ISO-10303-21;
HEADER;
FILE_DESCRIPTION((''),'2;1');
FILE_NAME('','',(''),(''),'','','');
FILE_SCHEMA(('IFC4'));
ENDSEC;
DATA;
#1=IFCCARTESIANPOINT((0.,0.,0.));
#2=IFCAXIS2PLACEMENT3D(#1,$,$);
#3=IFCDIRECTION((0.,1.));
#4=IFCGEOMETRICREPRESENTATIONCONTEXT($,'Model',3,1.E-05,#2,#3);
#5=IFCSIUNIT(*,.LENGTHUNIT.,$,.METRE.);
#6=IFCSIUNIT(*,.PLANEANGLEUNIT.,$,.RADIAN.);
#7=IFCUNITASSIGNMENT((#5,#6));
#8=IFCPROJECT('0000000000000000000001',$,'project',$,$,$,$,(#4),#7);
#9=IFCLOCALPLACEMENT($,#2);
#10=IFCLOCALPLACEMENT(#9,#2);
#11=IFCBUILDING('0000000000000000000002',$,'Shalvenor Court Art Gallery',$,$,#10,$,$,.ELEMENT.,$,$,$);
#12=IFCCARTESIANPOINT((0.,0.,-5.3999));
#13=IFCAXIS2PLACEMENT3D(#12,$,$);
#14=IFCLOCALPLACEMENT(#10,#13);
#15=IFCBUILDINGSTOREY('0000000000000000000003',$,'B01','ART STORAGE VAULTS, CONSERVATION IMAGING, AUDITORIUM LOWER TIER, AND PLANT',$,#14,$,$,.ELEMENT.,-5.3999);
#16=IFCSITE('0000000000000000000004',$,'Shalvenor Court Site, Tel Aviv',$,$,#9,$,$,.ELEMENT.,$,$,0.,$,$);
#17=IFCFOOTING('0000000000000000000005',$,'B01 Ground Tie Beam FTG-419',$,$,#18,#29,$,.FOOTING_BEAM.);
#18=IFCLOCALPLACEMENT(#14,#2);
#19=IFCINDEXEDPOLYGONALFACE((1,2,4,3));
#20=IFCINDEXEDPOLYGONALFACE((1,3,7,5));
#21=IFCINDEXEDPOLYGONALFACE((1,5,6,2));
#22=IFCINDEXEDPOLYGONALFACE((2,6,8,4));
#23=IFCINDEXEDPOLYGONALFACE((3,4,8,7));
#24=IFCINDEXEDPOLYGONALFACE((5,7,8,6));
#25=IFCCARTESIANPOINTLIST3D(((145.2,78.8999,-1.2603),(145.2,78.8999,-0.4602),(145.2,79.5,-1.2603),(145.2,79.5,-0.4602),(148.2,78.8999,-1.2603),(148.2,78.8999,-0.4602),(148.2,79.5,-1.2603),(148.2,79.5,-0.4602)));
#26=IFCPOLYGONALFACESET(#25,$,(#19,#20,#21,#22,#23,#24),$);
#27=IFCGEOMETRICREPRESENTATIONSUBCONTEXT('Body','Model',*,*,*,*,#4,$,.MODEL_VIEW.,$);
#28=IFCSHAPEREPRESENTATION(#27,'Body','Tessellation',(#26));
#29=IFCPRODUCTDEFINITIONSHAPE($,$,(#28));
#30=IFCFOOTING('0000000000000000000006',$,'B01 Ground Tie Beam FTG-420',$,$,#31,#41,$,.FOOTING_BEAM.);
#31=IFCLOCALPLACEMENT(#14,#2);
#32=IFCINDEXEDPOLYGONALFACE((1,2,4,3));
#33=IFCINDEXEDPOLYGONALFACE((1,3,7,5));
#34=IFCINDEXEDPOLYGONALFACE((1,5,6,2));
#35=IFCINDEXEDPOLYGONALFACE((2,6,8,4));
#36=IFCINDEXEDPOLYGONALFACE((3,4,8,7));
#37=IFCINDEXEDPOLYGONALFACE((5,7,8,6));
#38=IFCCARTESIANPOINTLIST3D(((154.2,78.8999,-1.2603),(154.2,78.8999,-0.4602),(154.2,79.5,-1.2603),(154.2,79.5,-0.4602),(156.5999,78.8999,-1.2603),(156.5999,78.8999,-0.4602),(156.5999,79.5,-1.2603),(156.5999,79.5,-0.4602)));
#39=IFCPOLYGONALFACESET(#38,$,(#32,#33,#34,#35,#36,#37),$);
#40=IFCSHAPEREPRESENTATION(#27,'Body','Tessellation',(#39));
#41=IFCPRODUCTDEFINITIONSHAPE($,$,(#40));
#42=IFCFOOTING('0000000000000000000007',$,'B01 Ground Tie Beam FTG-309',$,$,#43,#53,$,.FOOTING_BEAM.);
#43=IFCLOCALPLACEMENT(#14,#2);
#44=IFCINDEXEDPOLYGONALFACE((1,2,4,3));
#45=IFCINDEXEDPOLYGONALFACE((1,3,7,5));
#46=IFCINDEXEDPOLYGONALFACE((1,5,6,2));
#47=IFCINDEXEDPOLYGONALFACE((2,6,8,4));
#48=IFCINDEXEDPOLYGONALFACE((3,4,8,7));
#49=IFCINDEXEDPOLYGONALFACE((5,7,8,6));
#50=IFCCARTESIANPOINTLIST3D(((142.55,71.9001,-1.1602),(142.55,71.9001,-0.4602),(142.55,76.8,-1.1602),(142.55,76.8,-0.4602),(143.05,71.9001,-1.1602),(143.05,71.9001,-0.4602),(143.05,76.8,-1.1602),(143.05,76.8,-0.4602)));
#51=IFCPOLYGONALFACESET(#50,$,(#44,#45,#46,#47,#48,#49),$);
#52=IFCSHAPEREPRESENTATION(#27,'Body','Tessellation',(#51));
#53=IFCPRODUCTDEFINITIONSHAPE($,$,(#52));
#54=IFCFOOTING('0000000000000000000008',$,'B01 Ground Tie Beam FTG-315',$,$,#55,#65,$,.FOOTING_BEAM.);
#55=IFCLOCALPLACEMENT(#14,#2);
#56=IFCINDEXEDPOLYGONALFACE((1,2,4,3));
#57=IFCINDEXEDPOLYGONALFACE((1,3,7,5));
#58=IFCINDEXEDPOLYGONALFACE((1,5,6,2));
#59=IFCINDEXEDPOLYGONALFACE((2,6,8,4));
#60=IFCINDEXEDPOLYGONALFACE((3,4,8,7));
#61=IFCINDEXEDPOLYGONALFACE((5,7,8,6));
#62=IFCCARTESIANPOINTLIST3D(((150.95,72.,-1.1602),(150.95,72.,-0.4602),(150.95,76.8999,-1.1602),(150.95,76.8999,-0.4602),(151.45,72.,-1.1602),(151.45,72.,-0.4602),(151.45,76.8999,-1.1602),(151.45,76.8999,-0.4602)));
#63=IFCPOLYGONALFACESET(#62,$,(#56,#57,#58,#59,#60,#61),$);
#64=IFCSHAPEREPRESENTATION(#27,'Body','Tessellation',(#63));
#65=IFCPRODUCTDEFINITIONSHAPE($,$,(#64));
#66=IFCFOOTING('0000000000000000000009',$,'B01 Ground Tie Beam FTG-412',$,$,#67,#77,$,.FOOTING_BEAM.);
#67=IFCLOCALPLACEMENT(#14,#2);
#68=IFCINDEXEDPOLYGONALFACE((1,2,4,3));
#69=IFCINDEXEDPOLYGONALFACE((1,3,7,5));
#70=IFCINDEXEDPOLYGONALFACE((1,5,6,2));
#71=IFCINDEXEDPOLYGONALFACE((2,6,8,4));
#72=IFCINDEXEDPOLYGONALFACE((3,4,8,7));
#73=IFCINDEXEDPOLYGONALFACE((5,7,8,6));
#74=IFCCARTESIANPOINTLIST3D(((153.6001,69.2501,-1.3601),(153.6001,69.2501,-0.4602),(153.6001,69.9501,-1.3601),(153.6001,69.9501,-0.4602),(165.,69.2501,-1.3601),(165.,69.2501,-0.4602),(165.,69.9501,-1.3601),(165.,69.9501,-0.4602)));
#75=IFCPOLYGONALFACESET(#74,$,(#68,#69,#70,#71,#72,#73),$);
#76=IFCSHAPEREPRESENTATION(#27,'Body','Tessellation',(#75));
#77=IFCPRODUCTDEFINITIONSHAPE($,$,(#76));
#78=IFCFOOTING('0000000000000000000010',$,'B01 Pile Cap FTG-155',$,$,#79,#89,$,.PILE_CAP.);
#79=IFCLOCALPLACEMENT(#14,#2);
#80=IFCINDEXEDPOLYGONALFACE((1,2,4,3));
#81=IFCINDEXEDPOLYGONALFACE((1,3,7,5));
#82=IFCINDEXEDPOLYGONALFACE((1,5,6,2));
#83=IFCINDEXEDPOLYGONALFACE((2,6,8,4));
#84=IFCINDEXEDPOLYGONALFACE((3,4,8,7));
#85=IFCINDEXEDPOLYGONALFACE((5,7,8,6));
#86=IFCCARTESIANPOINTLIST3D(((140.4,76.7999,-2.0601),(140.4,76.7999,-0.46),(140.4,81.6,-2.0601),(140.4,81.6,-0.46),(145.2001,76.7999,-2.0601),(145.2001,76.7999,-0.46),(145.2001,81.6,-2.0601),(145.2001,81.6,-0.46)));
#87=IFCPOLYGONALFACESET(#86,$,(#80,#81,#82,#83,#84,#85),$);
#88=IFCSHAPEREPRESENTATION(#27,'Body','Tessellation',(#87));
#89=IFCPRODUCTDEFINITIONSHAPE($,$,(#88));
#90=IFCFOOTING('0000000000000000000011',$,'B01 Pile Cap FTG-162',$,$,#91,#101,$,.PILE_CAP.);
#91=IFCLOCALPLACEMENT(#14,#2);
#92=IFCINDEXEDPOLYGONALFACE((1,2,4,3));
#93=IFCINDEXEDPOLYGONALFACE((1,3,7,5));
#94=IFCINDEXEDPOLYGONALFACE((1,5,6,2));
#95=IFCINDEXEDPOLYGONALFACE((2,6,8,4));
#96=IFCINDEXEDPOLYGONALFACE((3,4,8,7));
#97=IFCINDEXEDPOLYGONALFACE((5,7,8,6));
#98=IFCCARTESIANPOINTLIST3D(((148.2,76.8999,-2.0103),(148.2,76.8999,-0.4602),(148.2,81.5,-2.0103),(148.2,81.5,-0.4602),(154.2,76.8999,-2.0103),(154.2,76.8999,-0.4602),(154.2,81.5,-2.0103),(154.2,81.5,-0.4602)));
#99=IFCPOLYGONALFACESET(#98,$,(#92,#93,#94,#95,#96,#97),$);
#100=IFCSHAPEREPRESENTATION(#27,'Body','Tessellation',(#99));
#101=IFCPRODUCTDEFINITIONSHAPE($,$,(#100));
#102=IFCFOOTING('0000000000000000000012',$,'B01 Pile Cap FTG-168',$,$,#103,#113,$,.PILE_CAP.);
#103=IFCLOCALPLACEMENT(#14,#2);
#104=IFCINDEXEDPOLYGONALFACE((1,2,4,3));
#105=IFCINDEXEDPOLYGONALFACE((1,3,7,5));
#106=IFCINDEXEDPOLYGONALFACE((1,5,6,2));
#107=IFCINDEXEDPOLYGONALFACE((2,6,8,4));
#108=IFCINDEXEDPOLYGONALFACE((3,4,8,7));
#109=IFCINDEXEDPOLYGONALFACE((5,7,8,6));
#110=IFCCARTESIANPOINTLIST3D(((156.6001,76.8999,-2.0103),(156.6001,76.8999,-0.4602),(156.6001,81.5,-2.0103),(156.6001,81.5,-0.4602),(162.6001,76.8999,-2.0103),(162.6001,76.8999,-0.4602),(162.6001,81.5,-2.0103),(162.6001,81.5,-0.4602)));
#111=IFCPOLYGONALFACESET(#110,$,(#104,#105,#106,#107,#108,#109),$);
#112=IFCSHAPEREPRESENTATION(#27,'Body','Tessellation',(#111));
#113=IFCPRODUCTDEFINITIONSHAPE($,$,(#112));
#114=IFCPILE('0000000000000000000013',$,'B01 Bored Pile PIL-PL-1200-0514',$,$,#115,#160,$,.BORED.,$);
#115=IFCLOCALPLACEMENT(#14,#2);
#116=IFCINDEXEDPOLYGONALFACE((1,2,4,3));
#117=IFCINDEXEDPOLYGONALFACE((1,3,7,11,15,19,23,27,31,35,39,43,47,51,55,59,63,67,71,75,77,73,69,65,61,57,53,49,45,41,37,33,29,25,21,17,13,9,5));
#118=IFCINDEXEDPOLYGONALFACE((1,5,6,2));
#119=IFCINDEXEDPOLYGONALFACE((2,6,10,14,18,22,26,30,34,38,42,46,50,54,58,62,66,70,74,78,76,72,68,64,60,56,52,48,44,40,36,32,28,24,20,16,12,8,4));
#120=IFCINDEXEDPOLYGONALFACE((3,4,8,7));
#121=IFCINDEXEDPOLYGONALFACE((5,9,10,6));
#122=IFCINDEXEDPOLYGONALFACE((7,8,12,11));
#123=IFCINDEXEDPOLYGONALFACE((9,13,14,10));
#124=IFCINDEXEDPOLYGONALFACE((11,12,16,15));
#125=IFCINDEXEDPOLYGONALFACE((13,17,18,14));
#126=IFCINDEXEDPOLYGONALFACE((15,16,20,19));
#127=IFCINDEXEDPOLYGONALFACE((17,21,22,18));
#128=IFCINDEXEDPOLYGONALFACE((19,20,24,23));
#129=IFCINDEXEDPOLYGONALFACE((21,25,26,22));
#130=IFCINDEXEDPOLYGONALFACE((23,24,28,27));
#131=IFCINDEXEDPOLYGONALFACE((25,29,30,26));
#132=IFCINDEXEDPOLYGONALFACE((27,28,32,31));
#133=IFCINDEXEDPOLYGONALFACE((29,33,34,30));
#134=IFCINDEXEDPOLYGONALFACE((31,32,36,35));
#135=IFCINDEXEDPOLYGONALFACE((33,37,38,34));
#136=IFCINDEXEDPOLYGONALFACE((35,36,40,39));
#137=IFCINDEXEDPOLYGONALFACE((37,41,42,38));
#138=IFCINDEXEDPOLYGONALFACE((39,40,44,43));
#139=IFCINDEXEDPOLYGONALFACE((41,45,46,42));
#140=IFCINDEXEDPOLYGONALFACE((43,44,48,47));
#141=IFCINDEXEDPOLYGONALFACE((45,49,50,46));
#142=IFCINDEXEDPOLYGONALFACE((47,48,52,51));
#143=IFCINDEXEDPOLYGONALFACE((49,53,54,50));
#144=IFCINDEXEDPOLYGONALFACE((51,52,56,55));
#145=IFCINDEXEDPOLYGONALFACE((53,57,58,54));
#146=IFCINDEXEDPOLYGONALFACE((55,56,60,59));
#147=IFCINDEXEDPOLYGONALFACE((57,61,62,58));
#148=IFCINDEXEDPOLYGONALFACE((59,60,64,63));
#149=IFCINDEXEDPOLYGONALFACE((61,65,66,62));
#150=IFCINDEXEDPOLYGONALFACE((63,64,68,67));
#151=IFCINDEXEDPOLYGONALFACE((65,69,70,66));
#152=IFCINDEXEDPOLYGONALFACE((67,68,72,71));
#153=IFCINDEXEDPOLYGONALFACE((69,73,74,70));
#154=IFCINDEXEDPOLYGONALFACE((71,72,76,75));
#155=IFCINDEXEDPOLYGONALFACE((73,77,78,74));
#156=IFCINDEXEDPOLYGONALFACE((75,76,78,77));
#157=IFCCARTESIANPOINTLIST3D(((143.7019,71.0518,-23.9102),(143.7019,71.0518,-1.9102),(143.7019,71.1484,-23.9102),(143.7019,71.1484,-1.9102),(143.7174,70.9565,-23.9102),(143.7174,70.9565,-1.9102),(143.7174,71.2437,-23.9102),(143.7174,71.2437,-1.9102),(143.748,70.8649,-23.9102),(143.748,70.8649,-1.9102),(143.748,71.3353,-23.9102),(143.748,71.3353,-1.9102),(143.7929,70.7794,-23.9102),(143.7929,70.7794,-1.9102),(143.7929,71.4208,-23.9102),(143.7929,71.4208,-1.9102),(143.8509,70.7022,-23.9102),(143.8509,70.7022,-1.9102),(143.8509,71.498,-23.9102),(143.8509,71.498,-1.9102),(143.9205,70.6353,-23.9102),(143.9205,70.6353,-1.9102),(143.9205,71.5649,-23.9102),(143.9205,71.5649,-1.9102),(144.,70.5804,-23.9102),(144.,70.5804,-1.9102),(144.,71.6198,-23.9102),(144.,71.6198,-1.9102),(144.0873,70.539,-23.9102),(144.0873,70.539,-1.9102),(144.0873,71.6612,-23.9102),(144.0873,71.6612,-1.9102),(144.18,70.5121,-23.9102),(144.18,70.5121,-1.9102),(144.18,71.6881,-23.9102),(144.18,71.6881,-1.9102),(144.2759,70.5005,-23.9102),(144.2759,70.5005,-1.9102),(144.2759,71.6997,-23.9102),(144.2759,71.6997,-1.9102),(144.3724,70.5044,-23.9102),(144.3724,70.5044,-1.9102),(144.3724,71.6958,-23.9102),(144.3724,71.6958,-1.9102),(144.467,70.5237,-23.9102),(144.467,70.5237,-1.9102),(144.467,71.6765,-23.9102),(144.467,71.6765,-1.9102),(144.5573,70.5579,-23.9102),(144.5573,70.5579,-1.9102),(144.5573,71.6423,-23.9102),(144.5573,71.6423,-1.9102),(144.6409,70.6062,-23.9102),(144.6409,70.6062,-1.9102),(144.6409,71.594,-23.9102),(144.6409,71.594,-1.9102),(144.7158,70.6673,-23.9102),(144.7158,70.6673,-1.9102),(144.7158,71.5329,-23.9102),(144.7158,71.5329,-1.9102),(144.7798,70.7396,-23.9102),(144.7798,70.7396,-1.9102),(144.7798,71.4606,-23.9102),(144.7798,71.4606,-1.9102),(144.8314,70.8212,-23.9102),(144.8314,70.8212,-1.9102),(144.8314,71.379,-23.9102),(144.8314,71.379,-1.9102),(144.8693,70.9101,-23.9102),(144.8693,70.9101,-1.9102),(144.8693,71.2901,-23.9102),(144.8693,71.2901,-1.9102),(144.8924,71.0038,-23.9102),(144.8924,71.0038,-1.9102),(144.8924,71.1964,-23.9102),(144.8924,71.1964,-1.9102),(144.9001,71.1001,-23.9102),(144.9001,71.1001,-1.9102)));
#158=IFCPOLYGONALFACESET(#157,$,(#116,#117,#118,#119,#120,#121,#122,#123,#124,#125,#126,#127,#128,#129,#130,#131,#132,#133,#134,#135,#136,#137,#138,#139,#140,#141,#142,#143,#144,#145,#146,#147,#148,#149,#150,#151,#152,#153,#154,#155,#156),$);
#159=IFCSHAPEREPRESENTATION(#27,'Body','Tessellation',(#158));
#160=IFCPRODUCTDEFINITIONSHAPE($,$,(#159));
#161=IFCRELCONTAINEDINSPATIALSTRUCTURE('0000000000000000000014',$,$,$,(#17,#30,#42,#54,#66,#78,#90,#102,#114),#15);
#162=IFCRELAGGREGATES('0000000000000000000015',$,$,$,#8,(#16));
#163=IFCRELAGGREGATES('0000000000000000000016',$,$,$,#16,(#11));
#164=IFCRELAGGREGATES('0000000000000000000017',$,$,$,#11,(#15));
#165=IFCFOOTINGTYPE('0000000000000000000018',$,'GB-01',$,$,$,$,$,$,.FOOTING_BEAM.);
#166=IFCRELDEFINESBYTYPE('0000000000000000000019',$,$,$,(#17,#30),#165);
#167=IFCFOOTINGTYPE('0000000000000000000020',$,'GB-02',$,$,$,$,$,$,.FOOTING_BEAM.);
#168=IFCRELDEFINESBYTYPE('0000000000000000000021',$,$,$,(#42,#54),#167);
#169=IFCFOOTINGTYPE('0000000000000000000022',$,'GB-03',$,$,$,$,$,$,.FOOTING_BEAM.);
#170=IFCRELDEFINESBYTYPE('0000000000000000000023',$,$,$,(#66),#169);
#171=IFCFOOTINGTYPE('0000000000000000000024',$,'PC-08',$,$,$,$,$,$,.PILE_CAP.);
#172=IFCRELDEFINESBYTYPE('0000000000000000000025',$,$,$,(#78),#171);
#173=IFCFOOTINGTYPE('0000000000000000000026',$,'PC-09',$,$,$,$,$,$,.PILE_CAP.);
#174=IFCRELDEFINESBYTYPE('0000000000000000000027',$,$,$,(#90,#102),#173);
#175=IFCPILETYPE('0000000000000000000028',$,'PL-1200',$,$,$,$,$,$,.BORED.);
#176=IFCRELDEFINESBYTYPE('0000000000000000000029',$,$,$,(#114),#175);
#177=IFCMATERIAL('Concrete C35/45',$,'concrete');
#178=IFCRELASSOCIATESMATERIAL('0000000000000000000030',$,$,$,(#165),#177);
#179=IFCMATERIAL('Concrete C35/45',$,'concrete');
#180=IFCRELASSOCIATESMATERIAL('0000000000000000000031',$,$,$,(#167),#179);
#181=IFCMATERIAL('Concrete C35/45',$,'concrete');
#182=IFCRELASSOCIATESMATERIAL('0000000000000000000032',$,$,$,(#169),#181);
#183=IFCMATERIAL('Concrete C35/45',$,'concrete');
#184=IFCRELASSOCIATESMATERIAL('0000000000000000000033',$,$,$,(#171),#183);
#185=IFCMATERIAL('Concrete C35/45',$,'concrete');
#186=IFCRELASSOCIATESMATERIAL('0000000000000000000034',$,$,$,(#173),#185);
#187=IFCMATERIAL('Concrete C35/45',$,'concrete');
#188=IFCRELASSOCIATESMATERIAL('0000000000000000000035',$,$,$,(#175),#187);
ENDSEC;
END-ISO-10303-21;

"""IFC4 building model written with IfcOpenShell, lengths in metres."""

from ifc_helpers import new_model, si_unit, direction, frame, origin, origin_2d, place, context, subcontext, project, spatial, rectangle, circle, extrude, material, material_profile, profile_set, type_object, element, save


model = new_model("IFC4")

# Units and contexts
model_context = context("Model", 3, precision=1e-05, world=origin(), true_north=direction((0.0, 1.0)))
body_context = subcontext(model_context, "Body", "Model", "MODEL_VIEW")
ifc_project = project(units=[si_unit("LENGTHUNIT", "METRE"), si_unit("PLANEANGLEUNIT", "RADIAN")], contexts=[model_context])

# Site, building, storey
site_placement = place(None, origin())
site = spatial("IfcSite", under=ifc_project, at=site_placement, Name="Shalvenor Court Site, Tel Aviv", CompositionType="ELEMENT", RefElevation=0.0)
building_placement = place(site_placement, origin())
building = spatial("IfcBuilding", under=site, at=building_placement, Name="Shalvenor Court Art Gallery", CompositionType="ELEMENT")
storey_placement = place(building_placement, frame((0.0, 0.0, -5.3999)))
storey = spatial("IfcBuildingStorey", under=building, at=storey_placement, Name="B01", Description="ART STORAGE VAULTS, CONSERVATION IMAGING, AUDITORIUM LOWER TIER, AND PLANT", CompositionType="ELEMENT", Elevation=-5.3999)

# Footings
ifc_material_1 = material(Name="Concrete C35/45", Category="concrete")
footing_type_1 = type_object("IfcFootingType", Name="GB-01", PredefinedType="FOOTING_BEAM", material=ifc_material_1)
footing_1_placement = place(storey_placement, frame((146.7, 79.2, -1.2603), z_axis=(0.0, 0.0, 1.0), x_axis=(1.0, 0.0, 0.0)))
element("IfcFooting", 1, at=footing_1_placement, inside=storey, type_object=footing_type_1, Name="B01 Ground Tie Beam FTG-419", PredefinedType="FOOTING_BEAM", context=body_context, shape_type="SweptSolid", body=[
    extrude(rectangle(XDim=3.0, YDim=0.6001, at=origin_2d()), origin(), (0.0, 0.0, 1.0), 0.8),
])
footing_2_placement = place(storey_placement, frame((155.3999, 79.2, -1.2603), z_axis=(0.0, 0.0, 1.0), x_axis=(1.0, 0.0, 0.0)))
element("IfcFooting", 2, at=footing_2_placement, inside=storey, type_object=footing_type_1, Name="B01 Ground Tie Beam FTG-420", PredefinedType="FOOTING_BEAM", context=body_context, shape_type="SweptSolid", body=[
    extrude(rectangle(XDim=2.3999, YDim=0.6001, at=origin_2d()), origin(), (0.0, 0.0, 1.0), 0.8),
])
ifc_material_2 = material(Name="Concrete C35/45", Category="concrete")
footing_type_2 = type_object("IfcFootingType", Name="GB-02", PredefinedType="FOOTING_BEAM", material=ifc_material_2)
for number, where, z_axis, x_axis, name in (
    (3, (142.8, 74.3501, -1.1602), (0.0, 0.0, 1.0), (0.0, 1.0, 0.0), "B01 Ground Tie Beam FTG-309"),
    (4, (151.2, 74.45, -1.1602), (0.0, 0.0, 1.0), (0.0, 1.0, 0.0), "B01 Ground Tie Beam FTG-315"),
):
    element("IfcFooting", number, at=place(storey_placement, frame(where, z_axis=z_axis, x_axis=x_axis)), inside=storey, type_object=footing_type_2, Name=name, PredefinedType="FOOTING_BEAM", context=body_context, shape_type="SweptSolid", body=[
        extrude(rectangle(XDim=4.8999, YDim=0.5, at=origin_2d()), origin(), (0.0, 0.0, 1.0), 0.7),
    ])
ifc_material_3 = material(Name="Concrete C35/45", Category="concrete")
footing_type_3 = type_object("IfcFootingType", Name="GB-03", PredefinedType="FOOTING_BEAM", material=ifc_material_3)
footing_3_placement = place(storey_placement, frame((159.3, 69.6001, -1.3601), z_axis=(0.0, 0.0, 1.0), x_axis=(1.0, 0.0, 0.0)))
element("IfcFooting", 5, at=footing_3_placement, inside=storey, type_object=footing_type_3, Name="B01 Ground Tie Beam FTG-412", PredefinedType="FOOTING_BEAM", context=body_context, shape_type="SweptSolid", body=[
    extrude(rectangle(XDim=11.3999, YDim=0.7, at=origin_2d()), origin(), (0.0, 0.0, 1.0), 0.8999),
])
ifc_material_4 = material(Name="Concrete C35/45", Category="concrete")
footing_type_4 = type_object("IfcFootingType", Name="PC-08", PredefinedType="PILE_CAP", material=ifc_material_4)
footing_4_placement = place(storey_placement, frame((142.8, 79.2, -2.0601), z_axis=(0.0, 0.0, 1.0), x_axis=(1.0, 0.0, 0.0)))
element("IfcFooting", 6, at=footing_4_placement, inside=storey, type_object=footing_type_4, Name="B01 Pile Cap FTG-155", PredefinedType="PILE_CAP", context=body_context, shape_type="SweptSolid", body=[
    extrude(rectangle(XDim=4.8, YDim=4.8, at=origin_2d()), origin(), (0.0, 0.0, 1.0), 1.6001),
])
ifc_material_5 = material(Name="Concrete C35/45", Category="concrete")
footing_type_5 = type_object("IfcFootingType", Name="PC-09", PredefinedType="PILE_CAP", material=ifc_material_5)
for number, where, z_axis, x_axis, name in (
    (7, (151.2, 79.2, -2.0103), (0.0, 0.0, 1.0), (1.0, 0.0, 0.0), "B01 Pile Cap FTG-162"),
    (8, (159.6001, 79.2, -2.0103), (0.0, 0.0, 1.0), (1.0, 0.0, 0.0), "B01 Pile Cap FTG-168"),
):
    element("IfcFooting", number, at=place(storey_placement, frame(where, z_axis=z_axis, x_axis=x_axis)), inside=storey, type_object=footing_type_5, Name=name, PredefinedType="PILE_CAP", context=body_context, shape_type="SweptSolid", body=[
        extrude(rectangle(XDim=6.0, YDim=4.6001, at=origin_2d()), origin(), (0.0, 0.0, 1.0), 1.55),
    ])

# Pile
ifc_material_6 = material(Name="Concrete C35/45", Category="concrete")
ifc_material_profile_1 = material_profile(ifc_material_6, circle(Radius=0.6001, at=origin_2d()), Name="PILE 1200")
ifc_profile_set_1 = profile_set([ifc_material_profile_1], Name="Concrete C35/45")
pile_type = type_object("IfcPileType", Name="PL-1200", PredefinedType="BORED", material=ifc_profile_set_1)
for number, where, z_axis, x_axis, name in (
    (9, (144.3, 71.1001, -1.9102), (0.0, 0.0, -1.0), (1.0, 0.0, 0.0), "B01 Bored Pile PIL-PL-1200-0514"),
):
    element("IfcPile", number, at=place(storey_placement, frame(where, z_axis=z_axis, x_axis=x_axis)), inside=storey, type_object=pile_type, Name=name, PredefinedType="BORED", context=body_context, shape_type="SweptSolid", body=[
        extrude(circle(Radius=0.6001, at=origin_2d()), origin(), (0.0, 0.0, 1.0), 22.0),
    ])

save(model, "model.ifc")
